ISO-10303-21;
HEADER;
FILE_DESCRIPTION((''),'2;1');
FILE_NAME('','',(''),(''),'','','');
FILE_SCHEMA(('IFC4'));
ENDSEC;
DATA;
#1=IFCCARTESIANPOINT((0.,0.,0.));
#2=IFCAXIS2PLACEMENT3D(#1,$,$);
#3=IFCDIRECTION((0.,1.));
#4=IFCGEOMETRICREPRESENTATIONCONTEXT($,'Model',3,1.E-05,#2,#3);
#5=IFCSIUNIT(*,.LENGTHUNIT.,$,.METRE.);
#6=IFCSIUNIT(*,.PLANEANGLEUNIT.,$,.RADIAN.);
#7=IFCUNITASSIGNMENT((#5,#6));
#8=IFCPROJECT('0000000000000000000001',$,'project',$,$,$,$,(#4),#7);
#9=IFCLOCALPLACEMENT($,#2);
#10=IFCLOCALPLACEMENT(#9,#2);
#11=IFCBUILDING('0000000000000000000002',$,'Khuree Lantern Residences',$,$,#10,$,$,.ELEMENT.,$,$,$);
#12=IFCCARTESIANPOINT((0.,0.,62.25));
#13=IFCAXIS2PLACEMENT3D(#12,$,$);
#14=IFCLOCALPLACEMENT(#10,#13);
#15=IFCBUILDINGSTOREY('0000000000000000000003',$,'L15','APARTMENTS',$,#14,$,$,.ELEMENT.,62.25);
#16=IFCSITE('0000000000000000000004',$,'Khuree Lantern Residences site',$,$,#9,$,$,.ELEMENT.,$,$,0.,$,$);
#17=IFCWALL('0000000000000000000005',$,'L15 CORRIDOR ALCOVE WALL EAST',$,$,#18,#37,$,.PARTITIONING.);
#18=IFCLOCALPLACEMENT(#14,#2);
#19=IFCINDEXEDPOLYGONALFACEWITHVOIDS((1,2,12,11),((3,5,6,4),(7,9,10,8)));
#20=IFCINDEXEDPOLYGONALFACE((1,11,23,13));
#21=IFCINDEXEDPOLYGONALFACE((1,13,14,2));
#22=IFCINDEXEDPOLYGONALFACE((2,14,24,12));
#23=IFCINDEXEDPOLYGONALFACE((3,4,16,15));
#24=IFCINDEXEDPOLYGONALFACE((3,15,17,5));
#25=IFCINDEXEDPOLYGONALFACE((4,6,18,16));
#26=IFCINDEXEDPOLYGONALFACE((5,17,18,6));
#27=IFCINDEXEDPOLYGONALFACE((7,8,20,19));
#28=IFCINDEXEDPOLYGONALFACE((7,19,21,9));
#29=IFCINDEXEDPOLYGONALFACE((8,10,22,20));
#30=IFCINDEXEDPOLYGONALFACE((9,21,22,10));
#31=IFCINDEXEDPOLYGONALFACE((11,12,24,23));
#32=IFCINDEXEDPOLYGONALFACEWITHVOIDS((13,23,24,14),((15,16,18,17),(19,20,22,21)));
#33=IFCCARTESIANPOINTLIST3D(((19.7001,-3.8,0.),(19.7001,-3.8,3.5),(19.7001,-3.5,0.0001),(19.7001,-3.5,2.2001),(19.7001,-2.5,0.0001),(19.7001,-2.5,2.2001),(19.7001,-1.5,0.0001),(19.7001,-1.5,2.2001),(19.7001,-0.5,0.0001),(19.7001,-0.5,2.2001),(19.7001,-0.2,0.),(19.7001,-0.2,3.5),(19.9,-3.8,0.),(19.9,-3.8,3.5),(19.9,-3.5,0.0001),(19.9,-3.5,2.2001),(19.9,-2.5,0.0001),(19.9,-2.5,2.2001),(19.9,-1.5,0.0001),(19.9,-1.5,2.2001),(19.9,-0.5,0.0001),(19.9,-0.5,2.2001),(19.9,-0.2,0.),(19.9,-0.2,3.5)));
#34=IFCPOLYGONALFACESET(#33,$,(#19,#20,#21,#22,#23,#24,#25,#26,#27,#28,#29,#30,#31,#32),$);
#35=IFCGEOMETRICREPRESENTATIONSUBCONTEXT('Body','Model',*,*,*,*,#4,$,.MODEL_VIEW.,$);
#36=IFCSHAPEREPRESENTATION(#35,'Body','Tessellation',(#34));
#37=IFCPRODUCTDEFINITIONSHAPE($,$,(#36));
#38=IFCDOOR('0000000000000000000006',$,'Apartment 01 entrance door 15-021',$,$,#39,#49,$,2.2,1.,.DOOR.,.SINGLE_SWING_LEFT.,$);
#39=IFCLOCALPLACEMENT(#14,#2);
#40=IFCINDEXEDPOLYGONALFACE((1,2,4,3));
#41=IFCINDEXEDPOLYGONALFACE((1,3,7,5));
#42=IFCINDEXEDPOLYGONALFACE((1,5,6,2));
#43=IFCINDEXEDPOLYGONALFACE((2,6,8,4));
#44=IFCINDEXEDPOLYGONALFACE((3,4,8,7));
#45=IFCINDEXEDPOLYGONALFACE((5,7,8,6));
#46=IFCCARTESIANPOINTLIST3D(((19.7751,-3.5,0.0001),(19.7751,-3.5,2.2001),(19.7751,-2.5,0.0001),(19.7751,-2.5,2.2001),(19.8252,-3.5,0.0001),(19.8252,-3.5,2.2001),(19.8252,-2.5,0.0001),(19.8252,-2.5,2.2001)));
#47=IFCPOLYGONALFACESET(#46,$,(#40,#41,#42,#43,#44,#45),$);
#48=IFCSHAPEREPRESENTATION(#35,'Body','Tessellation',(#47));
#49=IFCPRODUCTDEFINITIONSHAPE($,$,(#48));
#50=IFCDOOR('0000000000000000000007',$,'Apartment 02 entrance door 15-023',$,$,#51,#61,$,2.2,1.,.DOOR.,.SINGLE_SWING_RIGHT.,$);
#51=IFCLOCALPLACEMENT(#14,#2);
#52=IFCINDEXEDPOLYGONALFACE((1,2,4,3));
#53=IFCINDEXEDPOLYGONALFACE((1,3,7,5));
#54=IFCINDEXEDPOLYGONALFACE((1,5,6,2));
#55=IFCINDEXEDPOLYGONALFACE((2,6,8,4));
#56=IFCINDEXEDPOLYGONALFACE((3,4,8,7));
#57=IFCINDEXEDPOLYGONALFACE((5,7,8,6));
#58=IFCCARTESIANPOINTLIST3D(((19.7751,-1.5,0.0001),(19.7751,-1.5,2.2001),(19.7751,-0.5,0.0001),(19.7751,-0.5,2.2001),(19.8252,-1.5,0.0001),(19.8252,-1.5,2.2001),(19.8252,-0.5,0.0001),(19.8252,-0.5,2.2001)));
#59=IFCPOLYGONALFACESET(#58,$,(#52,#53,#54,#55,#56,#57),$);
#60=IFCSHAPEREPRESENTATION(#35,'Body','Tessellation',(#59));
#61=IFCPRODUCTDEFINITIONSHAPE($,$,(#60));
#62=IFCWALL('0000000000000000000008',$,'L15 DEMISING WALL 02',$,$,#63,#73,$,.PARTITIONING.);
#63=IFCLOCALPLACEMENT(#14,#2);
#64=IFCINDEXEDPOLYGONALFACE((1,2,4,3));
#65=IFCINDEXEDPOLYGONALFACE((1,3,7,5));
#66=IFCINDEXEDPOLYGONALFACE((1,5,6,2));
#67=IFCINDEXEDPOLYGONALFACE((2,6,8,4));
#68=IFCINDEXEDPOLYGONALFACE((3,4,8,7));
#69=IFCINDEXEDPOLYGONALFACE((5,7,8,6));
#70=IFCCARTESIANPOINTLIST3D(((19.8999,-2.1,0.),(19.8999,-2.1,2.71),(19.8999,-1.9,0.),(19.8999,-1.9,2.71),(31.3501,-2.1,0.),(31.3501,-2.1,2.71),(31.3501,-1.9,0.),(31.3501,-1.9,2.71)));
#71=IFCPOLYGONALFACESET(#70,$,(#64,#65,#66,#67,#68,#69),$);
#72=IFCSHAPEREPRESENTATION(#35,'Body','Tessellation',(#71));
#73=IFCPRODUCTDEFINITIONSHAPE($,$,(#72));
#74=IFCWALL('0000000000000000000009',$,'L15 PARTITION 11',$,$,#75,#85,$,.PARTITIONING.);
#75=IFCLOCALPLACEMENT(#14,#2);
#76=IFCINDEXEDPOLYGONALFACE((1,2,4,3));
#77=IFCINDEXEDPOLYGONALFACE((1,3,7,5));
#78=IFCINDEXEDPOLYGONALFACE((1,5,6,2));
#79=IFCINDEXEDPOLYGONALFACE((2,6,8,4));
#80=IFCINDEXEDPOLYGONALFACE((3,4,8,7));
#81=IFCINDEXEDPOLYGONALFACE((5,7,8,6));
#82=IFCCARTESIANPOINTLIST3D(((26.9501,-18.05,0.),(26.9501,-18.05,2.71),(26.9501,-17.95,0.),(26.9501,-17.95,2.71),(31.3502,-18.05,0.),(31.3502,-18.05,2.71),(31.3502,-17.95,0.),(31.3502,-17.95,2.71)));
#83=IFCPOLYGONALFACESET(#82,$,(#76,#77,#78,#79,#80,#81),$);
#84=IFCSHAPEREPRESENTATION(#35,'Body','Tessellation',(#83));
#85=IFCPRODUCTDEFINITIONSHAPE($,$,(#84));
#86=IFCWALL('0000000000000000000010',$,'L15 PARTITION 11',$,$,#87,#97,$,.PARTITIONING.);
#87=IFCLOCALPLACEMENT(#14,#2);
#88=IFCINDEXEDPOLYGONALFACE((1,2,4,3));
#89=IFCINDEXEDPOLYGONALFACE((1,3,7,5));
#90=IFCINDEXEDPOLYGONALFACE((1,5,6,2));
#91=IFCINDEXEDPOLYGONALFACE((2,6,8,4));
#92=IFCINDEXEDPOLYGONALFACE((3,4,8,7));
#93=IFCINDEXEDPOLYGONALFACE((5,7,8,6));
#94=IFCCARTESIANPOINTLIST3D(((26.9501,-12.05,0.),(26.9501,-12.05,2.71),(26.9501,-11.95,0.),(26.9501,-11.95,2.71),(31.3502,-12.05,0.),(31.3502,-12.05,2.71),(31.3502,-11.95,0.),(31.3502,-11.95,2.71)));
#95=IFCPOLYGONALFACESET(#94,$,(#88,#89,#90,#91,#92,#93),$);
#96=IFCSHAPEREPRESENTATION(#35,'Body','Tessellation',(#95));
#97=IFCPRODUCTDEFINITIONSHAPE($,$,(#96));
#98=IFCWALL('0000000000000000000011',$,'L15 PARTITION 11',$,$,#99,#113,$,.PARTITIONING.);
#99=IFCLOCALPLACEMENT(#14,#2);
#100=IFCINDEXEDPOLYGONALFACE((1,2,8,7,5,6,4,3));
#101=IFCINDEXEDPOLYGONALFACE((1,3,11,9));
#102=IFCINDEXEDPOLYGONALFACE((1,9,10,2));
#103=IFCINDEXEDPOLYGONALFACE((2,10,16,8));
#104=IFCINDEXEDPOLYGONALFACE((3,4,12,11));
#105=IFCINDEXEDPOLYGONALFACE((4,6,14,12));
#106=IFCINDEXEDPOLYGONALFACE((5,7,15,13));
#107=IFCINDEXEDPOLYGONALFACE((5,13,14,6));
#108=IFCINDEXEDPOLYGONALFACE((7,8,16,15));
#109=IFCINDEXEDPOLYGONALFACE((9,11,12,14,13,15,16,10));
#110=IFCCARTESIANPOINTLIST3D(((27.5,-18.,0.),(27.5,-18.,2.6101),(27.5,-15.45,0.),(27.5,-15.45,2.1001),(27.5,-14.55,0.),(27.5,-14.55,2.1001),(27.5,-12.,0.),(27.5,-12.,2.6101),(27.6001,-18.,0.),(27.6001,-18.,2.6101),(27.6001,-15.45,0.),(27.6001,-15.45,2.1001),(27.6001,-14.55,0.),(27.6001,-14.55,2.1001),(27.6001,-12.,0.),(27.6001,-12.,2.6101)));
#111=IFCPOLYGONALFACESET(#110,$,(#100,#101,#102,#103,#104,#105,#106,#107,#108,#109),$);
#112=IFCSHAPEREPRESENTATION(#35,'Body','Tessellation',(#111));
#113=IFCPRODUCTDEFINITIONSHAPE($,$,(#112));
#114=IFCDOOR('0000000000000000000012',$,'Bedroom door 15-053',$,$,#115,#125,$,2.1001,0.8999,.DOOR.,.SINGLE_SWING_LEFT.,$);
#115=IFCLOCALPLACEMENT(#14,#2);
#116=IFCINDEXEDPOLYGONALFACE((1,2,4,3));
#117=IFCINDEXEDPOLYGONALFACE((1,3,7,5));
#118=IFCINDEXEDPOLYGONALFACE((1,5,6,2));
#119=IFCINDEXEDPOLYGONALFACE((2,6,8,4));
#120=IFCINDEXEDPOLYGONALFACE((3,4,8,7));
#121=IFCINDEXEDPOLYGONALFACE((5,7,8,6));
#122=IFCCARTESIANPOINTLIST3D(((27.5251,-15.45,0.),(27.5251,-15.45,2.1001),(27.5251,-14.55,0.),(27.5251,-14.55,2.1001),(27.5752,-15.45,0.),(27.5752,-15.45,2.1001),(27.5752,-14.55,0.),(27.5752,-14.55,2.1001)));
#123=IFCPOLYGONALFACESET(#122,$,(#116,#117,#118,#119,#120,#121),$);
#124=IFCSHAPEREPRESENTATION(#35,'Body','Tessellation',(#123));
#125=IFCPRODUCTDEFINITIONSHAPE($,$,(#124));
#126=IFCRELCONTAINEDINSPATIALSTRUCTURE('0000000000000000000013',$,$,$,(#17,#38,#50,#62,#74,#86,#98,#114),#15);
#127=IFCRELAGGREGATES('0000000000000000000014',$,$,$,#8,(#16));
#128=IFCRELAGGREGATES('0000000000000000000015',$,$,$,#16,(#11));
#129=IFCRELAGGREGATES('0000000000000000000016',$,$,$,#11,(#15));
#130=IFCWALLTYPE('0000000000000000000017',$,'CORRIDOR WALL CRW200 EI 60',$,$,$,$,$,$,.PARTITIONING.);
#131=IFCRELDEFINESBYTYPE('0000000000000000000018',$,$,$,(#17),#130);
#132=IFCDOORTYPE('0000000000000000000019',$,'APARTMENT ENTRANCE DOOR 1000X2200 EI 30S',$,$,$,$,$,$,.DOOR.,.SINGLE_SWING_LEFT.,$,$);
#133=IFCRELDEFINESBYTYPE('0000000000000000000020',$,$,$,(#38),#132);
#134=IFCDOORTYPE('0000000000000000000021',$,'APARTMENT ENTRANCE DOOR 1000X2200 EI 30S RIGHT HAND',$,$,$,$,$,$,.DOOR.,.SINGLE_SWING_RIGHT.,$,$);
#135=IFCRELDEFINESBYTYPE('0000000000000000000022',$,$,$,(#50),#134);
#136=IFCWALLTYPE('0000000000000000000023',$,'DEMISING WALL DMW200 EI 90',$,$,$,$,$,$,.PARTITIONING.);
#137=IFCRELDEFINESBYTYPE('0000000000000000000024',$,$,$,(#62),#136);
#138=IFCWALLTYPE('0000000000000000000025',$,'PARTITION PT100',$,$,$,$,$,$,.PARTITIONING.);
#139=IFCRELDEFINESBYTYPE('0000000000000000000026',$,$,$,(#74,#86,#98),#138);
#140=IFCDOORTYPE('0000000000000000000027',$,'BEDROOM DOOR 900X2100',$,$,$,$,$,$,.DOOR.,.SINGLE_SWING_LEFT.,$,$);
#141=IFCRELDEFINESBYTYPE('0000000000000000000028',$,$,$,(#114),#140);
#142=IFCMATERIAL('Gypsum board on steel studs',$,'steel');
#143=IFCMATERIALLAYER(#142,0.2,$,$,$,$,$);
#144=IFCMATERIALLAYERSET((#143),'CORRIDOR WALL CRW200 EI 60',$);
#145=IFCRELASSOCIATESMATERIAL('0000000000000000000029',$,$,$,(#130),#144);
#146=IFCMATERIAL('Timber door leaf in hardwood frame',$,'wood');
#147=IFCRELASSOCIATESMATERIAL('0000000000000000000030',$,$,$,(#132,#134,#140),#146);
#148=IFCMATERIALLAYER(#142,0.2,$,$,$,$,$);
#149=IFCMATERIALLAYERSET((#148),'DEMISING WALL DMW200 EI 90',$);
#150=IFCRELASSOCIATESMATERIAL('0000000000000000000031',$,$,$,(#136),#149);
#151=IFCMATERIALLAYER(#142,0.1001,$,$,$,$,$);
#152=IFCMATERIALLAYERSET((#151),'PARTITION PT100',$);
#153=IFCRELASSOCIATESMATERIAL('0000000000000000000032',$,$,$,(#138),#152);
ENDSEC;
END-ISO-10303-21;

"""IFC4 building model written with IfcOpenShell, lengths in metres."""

from ifc_helpers import new_model, si_unit, direction, frame, frame_2d, origin, place, context, subcontext, project, spatial, rectangle, extrude, material, layer, layer_set, type_object, element, fill, save


model = new_model("IFC4")

# Units and contexts
model_context = context("Model", 3, precision=1e-05, world=origin(), true_north=direction((0.0, 1.0)))
body_context = subcontext(model_context, "Body", "Model", "MODEL_VIEW")
ifc_project = project(units=[si_unit("LENGTHUNIT", "METRE"), si_unit("PLANEANGLEUNIT", "RADIAN")], contexts=[model_context])

# Site, building, storey
site_placement = place(None, origin())
site = spatial("IfcSite", under=ifc_project, at=site_placement, Name="Khuree Lantern Residences site", CompositionType="ELEMENT", RefElevation=0.0)
building_placement = place(site_placement, origin())
building = spatial("IfcBuilding", under=site, at=building_placement, Name="Khuree Lantern Residences", CompositionType="ELEMENT")
storey_placement = place(building_placement, frame((0.0, 0.0, 62.25)))
storey = spatial("IfcBuildingStorey", under=building, at=storey_placement, Name="L15", Description="APARTMENTS", CompositionType="ELEMENT", Elevation=62.25)

# Shared definitions
ifc_material_1 = material(Name="Timber door leaf in hardwood frame", Category="wood")

# Wall, openings, doors
ifc_material_2 = material(Name="Gypsum board on steel studs", Category="steel")
ifc_layer_1 = layer(ifc_material_2, 0.2)
ifc_layer_set_1 = layer_set([ifc_layer_1], Name="CORRIDOR WALL CRW200 EI 60")
wall_type_1 = type_object("IfcWallType", Name="CORRIDOR WALL CRW200 EI 60", PredefinedType="PARTITIONING", material=ifc_layer_set_1)
wall_1_placement = place(storey_placement, frame((19.8, -3.8, 0.0), z_axis=(0.0, 0.0, 1.0), x_axis=(0.0, 1.0, 0.0)))
wall_1 = element("IfcWall", 1, at=wall_1_placement, inside=storey, type_object=wall_type_1, Name="L15 CORRIDOR ALCOVE WALL EAST", PredefinedType="PARTITIONING", context=body_context, shape_type="SweptSolid", body=[
    extrude(rectangle(XDim=3.6001, YDim=0.2, at=frame_2d((1.8, 0.0))), origin(), (0.0, 0.0, 1.0), 3.5),
])
opening_1_placement = place(wall_1_placement, frame((0.3, 0.0, 0.0)))
opening_1 = element("IfcOpeningElement", 2, at=opening_1_placement, cuts=wall_1, PredefinedType="OPENING", context=body_context, shape_type="SweptSolid", body=[
    extrude(rectangle(XDim=1.0, YDim=2.2, at=frame_2d((0.5, 1.1001))), frame((0.0, 0.1099, 0.0), z_axis=(0.0, -1.0, 0.0), x_axis=(1.0, 0.0, 0.0)), (0.0, 0.0, 1.0), 0.22),
])
opening_2_placement = place(wall_1_placement, frame((2.3, 0.0, 0.0)))
opening_2 = element("IfcOpeningElement", 3, at=opening_2_placement, cuts=wall_1, PredefinedType="OPENING", context=body_context, shape_type="SweptSolid", body=[
    extrude(rectangle(XDim=1.0, YDim=2.2, at=frame_2d((0.5, 1.1001))), frame((0.0, 0.1099, 0.0), z_axis=(0.0, -1.0, 0.0), x_axis=(1.0, 0.0, 0.0)), (0.0, 0.0, 1.0), 0.22),
])
door_type_1 = type_object("IfcDoorType", Name="APARTMENT ENTRANCE DOOR 1000X2200 EI 30S", OperationType="SINGLE_SWING_LEFT", PredefinedType="DOOR", material=ifc_material_1)
door_1_placement = place(opening_1_placement, origin())
door_1 = element("IfcDoor", 4, at=door_1_placement, inside=storey, type_object=door_type_1, Name="Apartment 01 entrance door 15-021", OperationType="SINGLE_SWING_LEFT", OverallHeight=2.2, OverallWidth=1.0, PredefinedType="DOOR", context=body_context, shape_type="SweptSolid", body=[
    extrude(rectangle(XDim=1.0, YDim=2.2, at=frame_2d((0.5, 1.1001))), frame((0.0, 0.0249, 0.0), z_axis=(0.0, -1.0, 0.0), x_axis=(1.0, 0.0, 0.0)), (0.0, 0.0, 1.0), 0.05),
])
fill(opening_1, door_1)
door_type_2 = type_object("IfcDoorType", Name="APARTMENT ENTRANCE DOOR 1000X2200 EI 30S RIGHT HAND", OperationType="SINGLE_SWING_RIGHT", PredefinedType="DOOR", material=ifc_material_1)
door_2_placement = place(opening_2_placement, origin())
door_2 = element("IfcDoor", 5, at=door_2_placement, inside=storey, type_object=door_type_2, Name="Apartment 02 entrance door 15-023", OperationType="SINGLE_SWING_RIGHT", OverallHeight=2.2, OverallWidth=1.0, PredefinedType="DOOR", context=body_context, shape_type="SweptSolid", body=[
    extrude(rectangle(XDim=1.0, YDim=2.2, at=frame_2d((0.5, 1.1001))), frame((0.0, 0.0249, 0.0), z_axis=(0.0, -1.0, 0.0), x_axis=(1.0, 0.0, 0.0)), (0.0, 0.0, 1.0), 0.05),
])
fill(opening_2, door_2)

# Walls
ifc_layer_2 = layer(ifc_material_2, 0.2)
ifc_layer_set_2 = layer_set([ifc_layer_2], Name="DEMISING WALL DMW200 EI 90")
wall_type_2 = type_object("IfcWallType", Name="DEMISING WALL DMW200 EI 90", PredefinedType="PARTITIONING", material=ifc_layer_set_2)
wall_2_placement = place(storey_placement, frame((19.8999, -2.0, 0.0), z_axis=(0.0, 0.0, 1.0), x_axis=(1.0, 0.0, 0.0)))
element("IfcWall", 6, at=wall_2_placement, inside=storey, type_object=wall_type_2, Name="L15 DEMISING WALL 02", PredefinedType="PARTITIONING", context=body_context, shape_type="SweptSolid", body=[
    extrude(rectangle(XDim=11.4502, YDim=0.2, at=frame_2d((5.7251, 0.0))), origin(), (0.0, 0.0, 1.0), 2.71),
])
ifc_layer_3 = layer(ifc_material_2, 0.1001)
ifc_layer_set_3 = layer_set([ifc_layer_3], Name="PARTITION PT100")
wall_type_3 = type_object("IfcWallType", Name="PARTITION PT100", PredefinedType="PARTITIONING", material=ifc_layer_set_3)
for number, where, z_axis, x_axis, name in (
    (7, (26.95, -18.0, 0.0), (0.0, 0.0, 1.0), (1.0, 0.0, 0.0), "L15 PARTITION 11"),
    (8, (26.95, -12.0, 0.0), (0.0, 0.0, 1.0), (1.0, 0.0, 0.0), "L15 PARTITION 11"),
):
    element("IfcWall", number, at=place(storey_placement, frame(where, z_axis=z_axis, x_axis=x_axis)), inside=storey, type_object=wall_type_3, Name=name, PredefinedType="PARTITIONING", context=body_context, shape_type="SweptSolid", body=[
        extrude(rectangle(XDim=4.4001, YDim=0.1001, at=frame_2d((2.2002, 0.0))), origin(), (0.0, 0.0, 1.0), 2.71),
    ])

# Wall, opening, door
wall_3_placement = place(storey_placement, frame((27.55, -18.0, 0.0), z_axis=(0.0, 0.0, 1.0), x_axis=(0.0, 1.0, 0.0)))
wall_3 = element("IfcWall", 9, at=wall_3_placement, inside=storey, type_object=wall_type_3, Name="L15 PARTITION 11", PredefinedType="PARTITIONING", context=body_context, shape_type="SweptSolid", body=[
    extrude(rectangle(XDim=6.0, YDim=0.1001, at=frame_2d((3.0, 0.0))), origin(), (0.0, 0.0, 1.0), 2.6101),
])
opening_3_placement = place(wall_3_placement, frame((2.55, 0.0, 0.0)))
opening_3 = element("IfcOpeningElement", 10, at=opening_3_placement, cuts=wall_3, PredefinedType="OPENING", context=body_context, shape_type="SweptSolid", body=[
    extrude(rectangle(XDim=0.8999, YDim=2.1001, at=frame_2d((0.45, 1.05))), frame((0.0, 0.0601, 0.0), z_axis=(0.0, -1.0, 0.0), x_axis=(1.0, 0.0, 0.0)), (0.0, 0.0, 1.0), 0.1201),
])
door_type_3 = type_object("IfcDoorType", Name="BEDROOM DOOR 900X2100", OperationType="SINGLE_SWING_LEFT", PredefinedType="DOOR", material=ifc_material_1)
door_3_placement = place(opening_3_placement, origin())
door_3 = element("IfcDoor", 11, at=door_3_placement, inside=storey, type_object=door_type_3, Name="Bedroom door 15-053", OperationType="SINGLE_SWING_LEFT", OverallHeight=2.1001, OverallWidth=0.8999, PredefinedType="DOOR", context=body_context, shape_type="SweptSolid", body=[
    extrude(rectangle(XDim=0.8999, YDim=2.1001, at=frame_2d((0.45, 1.05))), frame((0.0, 0.0249, 0.0), z_axis=(0.0, -1.0, 0.0), x_axis=(1.0, 0.0, 0.0)), (0.0, 0.0, 1.0), 0.05),
])
fill(opening_3, door_3)

save(model, "model.ifc")
